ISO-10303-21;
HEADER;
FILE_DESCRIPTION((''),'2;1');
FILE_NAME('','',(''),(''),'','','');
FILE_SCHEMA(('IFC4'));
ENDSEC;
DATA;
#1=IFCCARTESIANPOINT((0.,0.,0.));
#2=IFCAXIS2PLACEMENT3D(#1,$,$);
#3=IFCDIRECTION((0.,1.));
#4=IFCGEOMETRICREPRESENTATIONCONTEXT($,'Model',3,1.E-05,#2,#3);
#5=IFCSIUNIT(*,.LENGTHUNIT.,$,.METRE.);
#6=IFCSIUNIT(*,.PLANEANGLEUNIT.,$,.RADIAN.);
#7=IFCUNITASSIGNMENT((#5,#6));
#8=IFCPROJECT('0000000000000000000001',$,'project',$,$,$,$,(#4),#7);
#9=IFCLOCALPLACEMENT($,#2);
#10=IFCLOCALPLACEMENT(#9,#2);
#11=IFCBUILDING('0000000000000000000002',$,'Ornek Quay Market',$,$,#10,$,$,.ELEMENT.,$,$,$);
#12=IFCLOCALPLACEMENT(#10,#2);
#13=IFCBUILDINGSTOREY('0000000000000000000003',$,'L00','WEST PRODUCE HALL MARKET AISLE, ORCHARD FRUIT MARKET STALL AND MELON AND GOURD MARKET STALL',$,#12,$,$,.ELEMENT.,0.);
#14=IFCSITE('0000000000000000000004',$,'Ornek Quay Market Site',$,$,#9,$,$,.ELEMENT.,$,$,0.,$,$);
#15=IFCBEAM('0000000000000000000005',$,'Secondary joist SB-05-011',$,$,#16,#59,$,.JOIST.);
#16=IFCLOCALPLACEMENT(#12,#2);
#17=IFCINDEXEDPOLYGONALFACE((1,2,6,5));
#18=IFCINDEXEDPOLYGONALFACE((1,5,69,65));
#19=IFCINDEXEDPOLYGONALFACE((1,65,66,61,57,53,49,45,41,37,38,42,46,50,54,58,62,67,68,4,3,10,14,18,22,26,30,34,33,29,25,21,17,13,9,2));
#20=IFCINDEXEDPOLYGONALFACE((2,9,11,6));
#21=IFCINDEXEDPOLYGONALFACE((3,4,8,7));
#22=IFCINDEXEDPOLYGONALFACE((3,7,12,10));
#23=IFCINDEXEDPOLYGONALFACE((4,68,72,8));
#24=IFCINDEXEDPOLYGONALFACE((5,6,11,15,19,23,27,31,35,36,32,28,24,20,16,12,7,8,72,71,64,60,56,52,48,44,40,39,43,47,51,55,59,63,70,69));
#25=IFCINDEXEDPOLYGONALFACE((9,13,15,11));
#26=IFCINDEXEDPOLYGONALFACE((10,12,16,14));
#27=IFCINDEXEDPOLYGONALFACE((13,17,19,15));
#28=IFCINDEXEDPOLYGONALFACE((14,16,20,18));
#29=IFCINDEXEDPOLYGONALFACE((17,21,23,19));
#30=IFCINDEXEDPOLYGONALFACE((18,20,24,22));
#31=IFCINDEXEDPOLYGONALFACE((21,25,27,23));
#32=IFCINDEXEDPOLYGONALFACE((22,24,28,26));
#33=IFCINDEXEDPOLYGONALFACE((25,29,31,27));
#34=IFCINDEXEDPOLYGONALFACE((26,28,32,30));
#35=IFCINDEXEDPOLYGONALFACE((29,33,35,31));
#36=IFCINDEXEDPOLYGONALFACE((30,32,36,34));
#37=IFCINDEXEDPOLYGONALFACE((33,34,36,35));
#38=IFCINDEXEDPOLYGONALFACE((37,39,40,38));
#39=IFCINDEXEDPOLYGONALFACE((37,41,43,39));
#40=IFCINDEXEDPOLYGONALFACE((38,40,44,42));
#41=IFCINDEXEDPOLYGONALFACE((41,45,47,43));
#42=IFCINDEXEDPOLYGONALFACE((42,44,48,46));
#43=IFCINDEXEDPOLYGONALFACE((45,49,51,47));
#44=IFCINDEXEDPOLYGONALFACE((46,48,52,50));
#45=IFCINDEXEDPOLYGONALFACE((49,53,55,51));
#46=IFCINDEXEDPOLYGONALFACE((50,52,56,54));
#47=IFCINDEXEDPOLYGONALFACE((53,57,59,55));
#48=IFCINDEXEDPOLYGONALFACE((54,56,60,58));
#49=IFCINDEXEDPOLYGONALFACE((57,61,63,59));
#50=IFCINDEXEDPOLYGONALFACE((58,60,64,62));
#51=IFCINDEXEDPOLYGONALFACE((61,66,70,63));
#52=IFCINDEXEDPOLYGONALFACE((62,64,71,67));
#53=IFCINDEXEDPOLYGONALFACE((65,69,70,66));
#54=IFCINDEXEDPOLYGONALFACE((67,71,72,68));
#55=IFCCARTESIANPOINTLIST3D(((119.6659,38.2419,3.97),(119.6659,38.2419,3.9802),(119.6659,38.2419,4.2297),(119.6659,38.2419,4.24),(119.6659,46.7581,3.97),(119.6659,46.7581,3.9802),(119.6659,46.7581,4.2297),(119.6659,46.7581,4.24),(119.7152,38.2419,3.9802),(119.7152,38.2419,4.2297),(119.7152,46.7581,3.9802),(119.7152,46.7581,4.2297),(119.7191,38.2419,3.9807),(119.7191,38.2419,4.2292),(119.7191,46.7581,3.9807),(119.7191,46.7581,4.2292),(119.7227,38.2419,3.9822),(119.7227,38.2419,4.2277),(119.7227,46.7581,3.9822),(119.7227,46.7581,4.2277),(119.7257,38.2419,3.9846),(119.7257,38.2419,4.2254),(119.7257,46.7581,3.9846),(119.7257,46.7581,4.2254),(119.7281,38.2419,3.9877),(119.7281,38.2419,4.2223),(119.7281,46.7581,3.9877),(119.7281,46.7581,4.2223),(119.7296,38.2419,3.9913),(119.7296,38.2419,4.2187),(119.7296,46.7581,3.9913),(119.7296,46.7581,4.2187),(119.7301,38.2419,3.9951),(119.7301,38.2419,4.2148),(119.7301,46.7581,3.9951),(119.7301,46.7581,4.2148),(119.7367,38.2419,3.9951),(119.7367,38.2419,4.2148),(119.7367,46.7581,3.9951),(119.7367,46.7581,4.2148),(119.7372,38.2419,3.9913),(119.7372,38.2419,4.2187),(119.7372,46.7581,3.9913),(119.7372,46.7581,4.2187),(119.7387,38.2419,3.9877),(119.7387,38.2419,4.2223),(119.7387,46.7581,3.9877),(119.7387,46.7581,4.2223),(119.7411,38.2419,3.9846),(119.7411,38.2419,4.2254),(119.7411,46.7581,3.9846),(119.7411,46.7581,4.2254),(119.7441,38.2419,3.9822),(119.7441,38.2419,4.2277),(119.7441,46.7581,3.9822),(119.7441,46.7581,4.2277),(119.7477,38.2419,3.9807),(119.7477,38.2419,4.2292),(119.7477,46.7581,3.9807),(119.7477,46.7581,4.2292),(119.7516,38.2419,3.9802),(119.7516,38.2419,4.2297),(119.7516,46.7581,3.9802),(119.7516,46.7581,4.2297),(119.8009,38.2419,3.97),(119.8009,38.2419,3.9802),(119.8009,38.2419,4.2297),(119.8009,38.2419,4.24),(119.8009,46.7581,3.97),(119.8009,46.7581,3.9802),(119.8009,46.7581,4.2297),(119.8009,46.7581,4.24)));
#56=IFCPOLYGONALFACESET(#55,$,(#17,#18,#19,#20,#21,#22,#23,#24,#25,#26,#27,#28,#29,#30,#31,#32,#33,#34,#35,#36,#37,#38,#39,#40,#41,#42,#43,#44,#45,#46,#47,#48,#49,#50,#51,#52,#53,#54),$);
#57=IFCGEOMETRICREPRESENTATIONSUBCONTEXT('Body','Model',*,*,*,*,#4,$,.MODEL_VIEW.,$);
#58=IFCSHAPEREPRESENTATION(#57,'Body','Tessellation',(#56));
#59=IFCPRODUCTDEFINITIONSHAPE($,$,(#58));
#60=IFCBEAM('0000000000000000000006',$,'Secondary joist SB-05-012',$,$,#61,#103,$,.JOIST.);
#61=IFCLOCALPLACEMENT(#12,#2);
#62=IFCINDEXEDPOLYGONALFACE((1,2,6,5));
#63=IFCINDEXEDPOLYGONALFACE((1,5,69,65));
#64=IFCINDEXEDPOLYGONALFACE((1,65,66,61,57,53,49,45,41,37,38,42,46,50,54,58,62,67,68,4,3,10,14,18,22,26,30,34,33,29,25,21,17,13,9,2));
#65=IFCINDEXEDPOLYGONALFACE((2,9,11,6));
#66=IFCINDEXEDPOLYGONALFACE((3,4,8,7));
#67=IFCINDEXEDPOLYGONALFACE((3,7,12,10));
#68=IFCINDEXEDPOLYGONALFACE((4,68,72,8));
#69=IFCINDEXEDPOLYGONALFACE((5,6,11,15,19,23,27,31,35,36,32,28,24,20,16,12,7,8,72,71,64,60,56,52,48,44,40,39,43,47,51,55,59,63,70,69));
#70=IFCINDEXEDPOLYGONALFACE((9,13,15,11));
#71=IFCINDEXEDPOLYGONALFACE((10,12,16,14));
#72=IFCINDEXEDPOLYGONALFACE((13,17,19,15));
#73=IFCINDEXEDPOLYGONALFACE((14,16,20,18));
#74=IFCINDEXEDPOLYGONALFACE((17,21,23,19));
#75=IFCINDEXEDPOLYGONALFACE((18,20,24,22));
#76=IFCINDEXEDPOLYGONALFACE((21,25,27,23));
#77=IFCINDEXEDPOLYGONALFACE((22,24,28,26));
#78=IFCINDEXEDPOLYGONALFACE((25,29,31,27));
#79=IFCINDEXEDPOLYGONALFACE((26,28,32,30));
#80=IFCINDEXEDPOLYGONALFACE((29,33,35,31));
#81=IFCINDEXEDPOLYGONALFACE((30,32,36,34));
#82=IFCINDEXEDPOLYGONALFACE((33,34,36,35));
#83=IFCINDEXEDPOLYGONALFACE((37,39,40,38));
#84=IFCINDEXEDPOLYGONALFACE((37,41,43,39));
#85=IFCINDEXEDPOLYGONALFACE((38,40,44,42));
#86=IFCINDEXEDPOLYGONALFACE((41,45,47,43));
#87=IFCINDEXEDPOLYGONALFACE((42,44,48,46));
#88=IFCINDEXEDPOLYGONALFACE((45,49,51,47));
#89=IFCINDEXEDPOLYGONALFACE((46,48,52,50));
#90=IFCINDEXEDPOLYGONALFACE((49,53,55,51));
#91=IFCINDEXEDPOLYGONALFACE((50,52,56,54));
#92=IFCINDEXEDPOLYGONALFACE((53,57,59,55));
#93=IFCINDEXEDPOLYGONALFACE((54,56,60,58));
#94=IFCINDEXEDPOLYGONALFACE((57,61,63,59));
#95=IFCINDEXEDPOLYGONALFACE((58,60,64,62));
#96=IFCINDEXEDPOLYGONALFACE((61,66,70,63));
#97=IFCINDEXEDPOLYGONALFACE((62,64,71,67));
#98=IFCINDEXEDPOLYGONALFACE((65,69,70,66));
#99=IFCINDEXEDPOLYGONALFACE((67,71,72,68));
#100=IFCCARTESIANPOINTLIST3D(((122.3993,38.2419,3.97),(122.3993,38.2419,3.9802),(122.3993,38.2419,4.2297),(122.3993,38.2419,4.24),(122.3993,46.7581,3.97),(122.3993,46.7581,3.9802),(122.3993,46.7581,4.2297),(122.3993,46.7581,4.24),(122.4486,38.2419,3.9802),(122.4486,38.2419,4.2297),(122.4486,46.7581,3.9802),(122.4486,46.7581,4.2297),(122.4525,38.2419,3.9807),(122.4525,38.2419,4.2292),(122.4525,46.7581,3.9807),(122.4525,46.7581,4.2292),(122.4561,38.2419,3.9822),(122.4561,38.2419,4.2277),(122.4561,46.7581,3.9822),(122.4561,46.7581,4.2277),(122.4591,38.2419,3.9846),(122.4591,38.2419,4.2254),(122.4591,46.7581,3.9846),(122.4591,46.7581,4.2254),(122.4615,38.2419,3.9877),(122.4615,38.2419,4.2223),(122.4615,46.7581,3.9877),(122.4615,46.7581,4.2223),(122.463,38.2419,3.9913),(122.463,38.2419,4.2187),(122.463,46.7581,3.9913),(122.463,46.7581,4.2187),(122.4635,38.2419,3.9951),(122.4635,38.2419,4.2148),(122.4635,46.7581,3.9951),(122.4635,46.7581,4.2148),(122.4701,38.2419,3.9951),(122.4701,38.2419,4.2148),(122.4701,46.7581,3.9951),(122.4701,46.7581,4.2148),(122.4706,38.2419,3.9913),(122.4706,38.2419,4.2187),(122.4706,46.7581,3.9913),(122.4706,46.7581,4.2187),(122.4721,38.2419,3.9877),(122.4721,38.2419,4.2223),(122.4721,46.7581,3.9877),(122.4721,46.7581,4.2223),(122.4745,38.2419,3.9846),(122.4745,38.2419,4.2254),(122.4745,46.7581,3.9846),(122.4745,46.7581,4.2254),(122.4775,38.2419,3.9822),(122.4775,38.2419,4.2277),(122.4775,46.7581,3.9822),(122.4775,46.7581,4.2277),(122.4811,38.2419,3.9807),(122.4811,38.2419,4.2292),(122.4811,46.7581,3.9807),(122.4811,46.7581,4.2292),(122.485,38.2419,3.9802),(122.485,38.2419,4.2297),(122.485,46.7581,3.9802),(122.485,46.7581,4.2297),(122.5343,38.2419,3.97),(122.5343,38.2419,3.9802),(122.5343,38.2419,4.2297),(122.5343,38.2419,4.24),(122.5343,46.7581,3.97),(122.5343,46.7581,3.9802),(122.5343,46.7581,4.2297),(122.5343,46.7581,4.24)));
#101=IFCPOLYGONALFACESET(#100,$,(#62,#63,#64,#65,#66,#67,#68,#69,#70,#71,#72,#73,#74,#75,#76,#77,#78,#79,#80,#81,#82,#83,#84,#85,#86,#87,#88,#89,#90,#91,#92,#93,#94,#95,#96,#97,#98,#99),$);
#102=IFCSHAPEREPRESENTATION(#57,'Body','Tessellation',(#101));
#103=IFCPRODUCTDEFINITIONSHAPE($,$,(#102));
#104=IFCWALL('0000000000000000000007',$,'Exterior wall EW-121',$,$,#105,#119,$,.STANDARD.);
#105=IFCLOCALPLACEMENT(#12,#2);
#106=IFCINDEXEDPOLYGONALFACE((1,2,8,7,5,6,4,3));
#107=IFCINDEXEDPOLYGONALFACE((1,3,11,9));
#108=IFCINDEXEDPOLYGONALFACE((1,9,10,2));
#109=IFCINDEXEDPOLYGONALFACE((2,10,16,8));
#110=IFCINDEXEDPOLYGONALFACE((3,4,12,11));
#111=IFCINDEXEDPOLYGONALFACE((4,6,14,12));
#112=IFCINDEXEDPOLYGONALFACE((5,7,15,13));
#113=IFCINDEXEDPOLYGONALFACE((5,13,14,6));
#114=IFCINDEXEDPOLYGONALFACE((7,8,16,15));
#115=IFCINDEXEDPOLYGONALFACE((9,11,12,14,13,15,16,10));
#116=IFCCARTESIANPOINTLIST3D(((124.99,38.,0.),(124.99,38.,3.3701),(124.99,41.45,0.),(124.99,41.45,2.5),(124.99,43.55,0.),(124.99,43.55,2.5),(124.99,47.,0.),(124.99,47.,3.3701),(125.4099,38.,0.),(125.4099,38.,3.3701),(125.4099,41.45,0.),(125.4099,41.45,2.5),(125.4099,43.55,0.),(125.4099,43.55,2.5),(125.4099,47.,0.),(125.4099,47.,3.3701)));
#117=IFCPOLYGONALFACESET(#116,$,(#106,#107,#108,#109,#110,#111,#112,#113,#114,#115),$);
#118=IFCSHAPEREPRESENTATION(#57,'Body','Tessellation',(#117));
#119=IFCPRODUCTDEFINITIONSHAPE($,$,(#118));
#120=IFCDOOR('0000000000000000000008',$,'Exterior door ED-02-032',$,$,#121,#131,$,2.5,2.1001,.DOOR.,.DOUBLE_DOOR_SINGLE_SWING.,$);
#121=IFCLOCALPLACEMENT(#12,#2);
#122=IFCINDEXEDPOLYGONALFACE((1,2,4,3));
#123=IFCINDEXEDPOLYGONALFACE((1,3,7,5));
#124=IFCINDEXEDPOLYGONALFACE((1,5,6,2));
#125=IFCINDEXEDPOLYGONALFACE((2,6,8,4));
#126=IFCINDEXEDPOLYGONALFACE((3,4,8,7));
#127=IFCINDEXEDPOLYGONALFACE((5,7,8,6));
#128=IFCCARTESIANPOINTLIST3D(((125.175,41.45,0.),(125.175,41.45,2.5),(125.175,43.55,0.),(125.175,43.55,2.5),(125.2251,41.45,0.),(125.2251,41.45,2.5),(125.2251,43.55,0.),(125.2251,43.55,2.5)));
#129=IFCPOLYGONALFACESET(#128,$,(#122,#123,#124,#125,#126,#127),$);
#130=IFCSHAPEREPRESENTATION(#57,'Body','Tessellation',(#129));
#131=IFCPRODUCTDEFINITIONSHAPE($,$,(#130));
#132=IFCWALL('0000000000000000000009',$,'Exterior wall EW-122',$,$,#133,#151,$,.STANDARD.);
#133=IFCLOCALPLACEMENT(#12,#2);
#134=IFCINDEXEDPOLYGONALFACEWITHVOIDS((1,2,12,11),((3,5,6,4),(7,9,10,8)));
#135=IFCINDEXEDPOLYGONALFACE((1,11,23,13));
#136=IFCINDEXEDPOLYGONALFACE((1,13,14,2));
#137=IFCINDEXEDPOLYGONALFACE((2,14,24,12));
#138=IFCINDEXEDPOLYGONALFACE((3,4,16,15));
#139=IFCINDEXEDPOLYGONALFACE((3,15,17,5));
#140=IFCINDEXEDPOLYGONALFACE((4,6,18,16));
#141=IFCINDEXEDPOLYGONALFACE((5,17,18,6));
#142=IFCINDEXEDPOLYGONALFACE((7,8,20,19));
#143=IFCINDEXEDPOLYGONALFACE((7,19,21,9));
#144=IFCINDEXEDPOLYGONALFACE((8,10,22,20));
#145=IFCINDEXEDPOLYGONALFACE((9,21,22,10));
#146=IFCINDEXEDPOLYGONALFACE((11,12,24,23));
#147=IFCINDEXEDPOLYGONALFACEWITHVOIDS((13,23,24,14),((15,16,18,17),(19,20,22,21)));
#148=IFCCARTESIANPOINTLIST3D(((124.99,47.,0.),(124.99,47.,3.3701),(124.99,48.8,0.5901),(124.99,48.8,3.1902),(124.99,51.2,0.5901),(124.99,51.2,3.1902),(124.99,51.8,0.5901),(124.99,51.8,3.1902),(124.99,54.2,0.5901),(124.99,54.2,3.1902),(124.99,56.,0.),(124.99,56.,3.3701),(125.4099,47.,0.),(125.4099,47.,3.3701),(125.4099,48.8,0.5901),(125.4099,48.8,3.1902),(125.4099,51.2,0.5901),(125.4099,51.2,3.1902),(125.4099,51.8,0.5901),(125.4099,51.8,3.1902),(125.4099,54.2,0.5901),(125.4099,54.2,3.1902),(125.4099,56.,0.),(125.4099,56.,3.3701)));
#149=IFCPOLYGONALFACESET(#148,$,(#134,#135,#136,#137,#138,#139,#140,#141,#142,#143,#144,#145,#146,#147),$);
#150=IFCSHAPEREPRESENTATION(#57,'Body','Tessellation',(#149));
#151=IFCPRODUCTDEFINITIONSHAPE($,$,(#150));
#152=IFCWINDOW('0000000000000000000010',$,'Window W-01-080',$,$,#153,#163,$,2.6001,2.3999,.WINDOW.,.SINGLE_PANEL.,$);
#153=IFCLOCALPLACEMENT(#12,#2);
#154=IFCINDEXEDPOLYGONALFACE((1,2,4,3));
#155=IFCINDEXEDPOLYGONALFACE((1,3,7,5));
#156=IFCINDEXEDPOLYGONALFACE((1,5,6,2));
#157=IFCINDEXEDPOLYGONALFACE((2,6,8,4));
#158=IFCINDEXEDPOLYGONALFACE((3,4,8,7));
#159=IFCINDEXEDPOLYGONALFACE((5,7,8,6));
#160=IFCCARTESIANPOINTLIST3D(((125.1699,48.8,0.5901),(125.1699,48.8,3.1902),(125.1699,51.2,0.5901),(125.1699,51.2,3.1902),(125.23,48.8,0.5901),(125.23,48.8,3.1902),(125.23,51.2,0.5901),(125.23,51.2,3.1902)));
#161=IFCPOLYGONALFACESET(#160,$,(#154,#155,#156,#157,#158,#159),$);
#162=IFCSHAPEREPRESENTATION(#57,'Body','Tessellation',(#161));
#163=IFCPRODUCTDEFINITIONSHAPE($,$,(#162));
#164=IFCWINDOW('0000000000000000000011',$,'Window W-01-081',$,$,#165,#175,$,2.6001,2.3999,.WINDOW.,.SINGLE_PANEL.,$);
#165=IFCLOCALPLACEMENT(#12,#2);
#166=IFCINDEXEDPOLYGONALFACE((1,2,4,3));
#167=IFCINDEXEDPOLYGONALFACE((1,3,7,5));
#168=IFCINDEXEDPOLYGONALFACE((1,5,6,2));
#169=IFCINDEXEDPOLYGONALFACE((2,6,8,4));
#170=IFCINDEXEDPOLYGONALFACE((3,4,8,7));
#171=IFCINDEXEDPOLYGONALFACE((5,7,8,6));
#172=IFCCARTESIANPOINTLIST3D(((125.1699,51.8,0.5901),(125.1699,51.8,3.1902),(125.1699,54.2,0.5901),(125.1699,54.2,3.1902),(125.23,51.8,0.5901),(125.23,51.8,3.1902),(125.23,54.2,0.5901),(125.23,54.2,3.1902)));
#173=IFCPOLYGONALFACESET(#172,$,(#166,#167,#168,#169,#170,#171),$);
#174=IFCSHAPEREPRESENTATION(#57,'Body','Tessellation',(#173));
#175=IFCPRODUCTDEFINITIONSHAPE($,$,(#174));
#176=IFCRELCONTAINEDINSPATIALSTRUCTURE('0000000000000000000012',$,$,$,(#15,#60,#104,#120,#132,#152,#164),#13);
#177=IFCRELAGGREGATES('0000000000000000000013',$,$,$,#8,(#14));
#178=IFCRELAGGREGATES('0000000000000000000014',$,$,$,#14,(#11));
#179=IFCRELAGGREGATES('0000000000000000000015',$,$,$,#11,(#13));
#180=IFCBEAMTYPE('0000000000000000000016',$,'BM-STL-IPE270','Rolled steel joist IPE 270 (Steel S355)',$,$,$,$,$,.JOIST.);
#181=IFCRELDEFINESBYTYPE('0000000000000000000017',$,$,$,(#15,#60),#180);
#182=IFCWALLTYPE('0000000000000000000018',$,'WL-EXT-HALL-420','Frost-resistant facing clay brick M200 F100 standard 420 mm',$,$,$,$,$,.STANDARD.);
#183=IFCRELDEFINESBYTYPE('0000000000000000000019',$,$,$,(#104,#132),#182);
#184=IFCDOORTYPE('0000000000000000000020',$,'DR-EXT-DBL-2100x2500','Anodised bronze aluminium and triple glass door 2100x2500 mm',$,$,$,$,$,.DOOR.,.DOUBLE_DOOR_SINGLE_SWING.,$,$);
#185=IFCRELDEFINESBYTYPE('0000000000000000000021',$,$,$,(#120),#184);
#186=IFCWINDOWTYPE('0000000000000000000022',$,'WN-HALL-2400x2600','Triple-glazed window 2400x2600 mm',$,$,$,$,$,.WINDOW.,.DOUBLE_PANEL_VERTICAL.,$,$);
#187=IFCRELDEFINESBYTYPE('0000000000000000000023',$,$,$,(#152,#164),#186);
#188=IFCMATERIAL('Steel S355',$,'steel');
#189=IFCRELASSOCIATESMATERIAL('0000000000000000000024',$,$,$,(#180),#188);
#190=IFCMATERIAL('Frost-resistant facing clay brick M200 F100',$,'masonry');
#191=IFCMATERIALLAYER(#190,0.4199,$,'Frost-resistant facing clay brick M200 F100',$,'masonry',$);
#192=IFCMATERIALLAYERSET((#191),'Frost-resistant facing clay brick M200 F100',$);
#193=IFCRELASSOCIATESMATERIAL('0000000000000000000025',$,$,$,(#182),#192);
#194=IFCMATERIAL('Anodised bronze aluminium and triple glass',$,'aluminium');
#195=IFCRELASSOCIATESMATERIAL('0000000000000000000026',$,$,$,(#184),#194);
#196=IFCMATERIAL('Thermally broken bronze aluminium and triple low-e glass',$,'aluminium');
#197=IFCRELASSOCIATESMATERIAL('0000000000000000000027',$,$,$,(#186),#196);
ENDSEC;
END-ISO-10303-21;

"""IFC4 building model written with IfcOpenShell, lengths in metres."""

from ifc_helpers import new_model, si_unit, direction, frame, frame_2d, origin, origin_2d, place, context, subcontext, project, spatial, rectangle, i_section, extrude, material, layer, layer_set, material_profile, profile_set, type_object, element, fill, save


model = new_model("IFC4")

# Units and contexts
model_context = context("Model", 3, precision=1e-05, world=origin(), true_north=direction((0.0, 1.0)))
body_context = subcontext(model_context, "Body", "Model", "MODEL_VIEW")
ifc_project = project(units=[si_unit("LENGTHUNIT", "METRE"), si_unit("PLANEANGLEUNIT", "RADIAN")], contexts=[model_context])

# Site, building, storey
site_placement = place(None, origin())
site = spatial("IfcSite", under=ifc_project, at=site_placement, Name="Ornek Quay Market Site", CompositionType="ELEMENT", RefElevation=0.0)
building_placement = place(site_placement, origin())
building = spatial("IfcBuilding", under=site, at=building_placement, Name="Ornek Quay Market", CompositionType="ELEMENT")
storey_placement = place(building_placement, origin())
storey = spatial("IfcBuildingStorey", under=building, at=storey_placement, Name="L00", Description="WEST PRODUCE HALL MARKET AISLE, ORCHARD FRUIT MARKET STALL AND MELON AND GOURD MARKET STALL", CompositionType="ELEMENT", Elevation=0.0)

# Beams
ifc_material_1 = material(Name="Steel S355", Category="steel")
ifc_material_profile_1 = material_profile(ifc_material_1, i_section(OverallWidth=0.135, OverallDepth=0.27, WebThickness=0.0066, FlangeThickness=0.0103, FilletRadius=0.0149, at=origin_2d()), Name="IPE 270", Category="steel")
ifc_profile_set_1 = profile_set([ifc_material_profile_1], Name="Steel S355")
beam_type_1 = type_object("IfcBeamType", Name="BM-STL-IPE270", Description="Rolled steel joist IPE 270 (Steel S355)", PredefinedType="JOIST", material=ifc_profile_set_1)
for number, where, z_axis, x_axis, name in (
    (1, (119.7334, 38.2419, 4.105), (0.0, 1.0, 0.0), (-1.0, 0.0, 0.0), "Secondary joist SB-05-011"),
    (2, (122.4668, 38.2419, 4.105), (0.0, 1.0, 0.0), (-1.0, 0.0, 0.0), "Secondary joist SB-05-012"),
):
    element("IfcBeam", number, at=place(storey_placement, frame(where, z_axis=z_axis, x_axis=x_axis)), inside=storey, type_object=beam_type_1, Name=name, PredefinedType="JOIST", context=body_context, shape_type="SweptSolid", body=[
        extrude(i_section(OverallWidth=0.135, OverallDepth=0.27, WebThickness=0.0066, FlangeThickness=0.0103, FilletRadius=0.0149, at=origin_2d()), origin(), (0.0, 0.0, 1.0), 8.5161),
    ])

# Wall, opening, door
ifc_material_2 = material(Name="Frost-resistant facing clay brick M200 F100", Category="masonry")
ifc_layer_1 = layer(ifc_material_2, 0.4199, Name="Frost-resistant facing clay brick M200 F100", Category="masonry")
ifc_layer_set_1 = layer_set([ifc_layer_1], Name="Frost-resistant facing clay brick M200 F100")
wall_type_1 = type_object("IfcWallType", Name="WL-EXT-HALL-420", Description="Frost-resistant facing clay brick M200 F100 standard 420 mm", PredefinedType="STANDARD", material=ifc_layer_set_1)
wall_1_placement = place(storey_placement, frame((125.2, 38.0, 0.0), z_axis=(0.0, 0.0, 1.0), x_axis=(0.0, 1.0, 0.0)))
wall_1 = element("IfcWall", 3, at=wall_1_placement, inside=storey, type_object=wall_type_1, Name="Exterior wall EW-121", PredefinedType="STANDARD", context=body_context, shape_type="SweptSolid", body=[
    extrude(rectangle(XDim=9.0, YDim=0.4199, at=frame_2d((4.5, 0.0))), origin(), (0.0, 0.0, 1.0), 3.3701),
])
opening_1_placement = place(wall_1_placement, frame((3.45, 0.0, 0.0)))
opening_1 = element("IfcOpeningElement", 4, at=opening_1_placement, cuts=wall_1, PredefinedType="OPENING", context=body_context, shape_type="SweptSolid", body=[
    extrude(rectangle(XDim=2.1001, YDim=2.5, at=frame_2d((1.05, 1.25))), frame((0.0, 0.22, 0.0), z_axis=(0.0, -1.0, 0.0), x_axis=(1.0, 0.0, 0.0)), (0.0, 0.0, 1.0), 0.4399),
])
ifc_material_3 = material(Name="Anodised bronze aluminium and triple glass", Category="aluminium")
door_type = type_object("IfcDoorType", Name="DR-EXT-DBL-2100x2500", Description="Anodised bronze aluminium and triple glass door 2100x2500 mm", OperationType="DOUBLE_DOOR_SINGLE_SWING", PredefinedType="DOOR", material=ifc_material_3)
door_placement = place(opening_1_placement, origin())
door = element("IfcDoor", 5, at=door_placement, inside=storey, type_object=door_type, Name="Exterior door ED-02-032", OperationType="DOUBLE_DOOR_SINGLE_SWING", OverallHeight=2.5, OverallWidth=2.1001, PredefinedType="DOOR", context=body_context, shape_type="SweptSolid", body=[
    extrude(rectangle(XDim=2.1001, YDim=2.5, at=frame_2d((1.05, 1.25))), frame((0.0, 0.0249, 0.0), z_axis=(0.0, -1.0, 0.0), x_axis=(1.0, 0.0, 0.0)), (0.0, 0.0, 1.0), 0.05),
])
fill(opening_1, door)

# Wall, openings, windows
wall_2_placement = place(storey_placement, frame((125.2, 47.0, 0.0), z_axis=(0.0, 0.0, 1.0), x_axis=(0.0, 1.0, 0.0)))
wall_2 = element("IfcWall", 6, at=wall_2_placement, inside=storey, type_object=wall_type_1, Name="Exterior wall EW-122", PredefinedType="STANDARD", context=body_context, shape_type="SweptSolid", body=[
    extrude(rectangle(XDim=9.0, YDim=0.4199, at=frame_2d((4.5, 0.0))), origin(), (0.0, 0.0, 1.0), 3.3701),
])
opening_2_placement = place(wall_2_placement, frame((1.8, 0.0, 0.5901)))
opening_2 = element("IfcOpeningElement", 7, at=opening_2_placement, cuts=wall_2, PredefinedType="OPENING", context=body_context, shape_type="SweptSolid", body=[
    extrude(rectangle(XDim=2.3999, YDim=2.6001, at=frame_2d((1.2, 1.3))), frame((0.0, 0.22, 0.0), z_axis=(0.0, -1.0, 0.0), x_axis=(1.0, 0.0, 0.0)), (0.0, 0.0, 1.0), 0.4399),
])
opening_3_placement = place(wall_2_placement, frame((4.8, 0.0, 0.5901)))
opening_3 = element("IfcOpeningElement", 8, at=opening_3_placement, cuts=wall_2, PredefinedType="OPENING", context=body_context, shape_type="SweptSolid", body=[
    extrude(rectangle(XDim=2.3999, YDim=2.6001, at=frame_2d((1.2, 1.3))), frame((0.0, 0.22, 0.0), z_axis=(0.0, -1.0, 0.0), x_axis=(1.0, 0.0, 0.0)), (0.0, 0.0, 1.0), 0.4399),
])
ifc_material_4 = material(Name="Thermally broken bronze aluminium and triple low-e glass", Category="aluminium")
window_type = type_object("IfcWindowType", Name="WN-HALL-2400x2600", Description="Triple-glazed window 2400x2600 mm", PartitioningType="DOUBLE_PANEL_VERTICAL", PredefinedType="WINDOW", material=ifc_material_4)
window_1_placement = place(opening_2_placement, origin())
window_1 = element("IfcWindow", 9, at=window_1_placement, inside=storey, type_object=window_type, Name="Window W-01-080", OverallHeight=2.6001, OverallWidth=2.3999, PartitioningType="SINGLE_PANEL", PredefinedType="WINDOW", context=body_context, shape_type="SweptSolid", body=[
    extrude(rectangle(XDim=2.3999, YDim=2.6001, at=frame_2d((1.2, 1.3))), frame((0.0, 0.03, 0.0), z_axis=(0.0, -1.0, 0.0), x_axis=(1.0, 0.0, 0.0)), (0.0, 0.0, 1.0), 0.0601),
])
fill(opening_2, window_1)
window_2_placement = place(opening_3_placement, origin())
window_2 = element("IfcWindow", 10, at=window_2_placement, inside=storey, type_object=window_type, Name="Window W-01-081", OverallHeight=2.6001, OverallWidth=2.3999, PartitioningType="SINGLE_PANEL", PredefinedType="WINDOW", context=body_context, shape_type="SweptSolid", body=[
    extrude(rectangle(XDim=2.3999, YDim=2.6001, at=frame_2d((1.2, 1.3))), frame((0.0, 0.03, 0.0), z_axis=(0.0, -1.0, 0.0), x_axis=(1.0, 0.0, 0.0)), (0.0, 0.0, 1.0), 0.0601),
])
fill(opening_3, window_2)

save(model, "model.ifc")
